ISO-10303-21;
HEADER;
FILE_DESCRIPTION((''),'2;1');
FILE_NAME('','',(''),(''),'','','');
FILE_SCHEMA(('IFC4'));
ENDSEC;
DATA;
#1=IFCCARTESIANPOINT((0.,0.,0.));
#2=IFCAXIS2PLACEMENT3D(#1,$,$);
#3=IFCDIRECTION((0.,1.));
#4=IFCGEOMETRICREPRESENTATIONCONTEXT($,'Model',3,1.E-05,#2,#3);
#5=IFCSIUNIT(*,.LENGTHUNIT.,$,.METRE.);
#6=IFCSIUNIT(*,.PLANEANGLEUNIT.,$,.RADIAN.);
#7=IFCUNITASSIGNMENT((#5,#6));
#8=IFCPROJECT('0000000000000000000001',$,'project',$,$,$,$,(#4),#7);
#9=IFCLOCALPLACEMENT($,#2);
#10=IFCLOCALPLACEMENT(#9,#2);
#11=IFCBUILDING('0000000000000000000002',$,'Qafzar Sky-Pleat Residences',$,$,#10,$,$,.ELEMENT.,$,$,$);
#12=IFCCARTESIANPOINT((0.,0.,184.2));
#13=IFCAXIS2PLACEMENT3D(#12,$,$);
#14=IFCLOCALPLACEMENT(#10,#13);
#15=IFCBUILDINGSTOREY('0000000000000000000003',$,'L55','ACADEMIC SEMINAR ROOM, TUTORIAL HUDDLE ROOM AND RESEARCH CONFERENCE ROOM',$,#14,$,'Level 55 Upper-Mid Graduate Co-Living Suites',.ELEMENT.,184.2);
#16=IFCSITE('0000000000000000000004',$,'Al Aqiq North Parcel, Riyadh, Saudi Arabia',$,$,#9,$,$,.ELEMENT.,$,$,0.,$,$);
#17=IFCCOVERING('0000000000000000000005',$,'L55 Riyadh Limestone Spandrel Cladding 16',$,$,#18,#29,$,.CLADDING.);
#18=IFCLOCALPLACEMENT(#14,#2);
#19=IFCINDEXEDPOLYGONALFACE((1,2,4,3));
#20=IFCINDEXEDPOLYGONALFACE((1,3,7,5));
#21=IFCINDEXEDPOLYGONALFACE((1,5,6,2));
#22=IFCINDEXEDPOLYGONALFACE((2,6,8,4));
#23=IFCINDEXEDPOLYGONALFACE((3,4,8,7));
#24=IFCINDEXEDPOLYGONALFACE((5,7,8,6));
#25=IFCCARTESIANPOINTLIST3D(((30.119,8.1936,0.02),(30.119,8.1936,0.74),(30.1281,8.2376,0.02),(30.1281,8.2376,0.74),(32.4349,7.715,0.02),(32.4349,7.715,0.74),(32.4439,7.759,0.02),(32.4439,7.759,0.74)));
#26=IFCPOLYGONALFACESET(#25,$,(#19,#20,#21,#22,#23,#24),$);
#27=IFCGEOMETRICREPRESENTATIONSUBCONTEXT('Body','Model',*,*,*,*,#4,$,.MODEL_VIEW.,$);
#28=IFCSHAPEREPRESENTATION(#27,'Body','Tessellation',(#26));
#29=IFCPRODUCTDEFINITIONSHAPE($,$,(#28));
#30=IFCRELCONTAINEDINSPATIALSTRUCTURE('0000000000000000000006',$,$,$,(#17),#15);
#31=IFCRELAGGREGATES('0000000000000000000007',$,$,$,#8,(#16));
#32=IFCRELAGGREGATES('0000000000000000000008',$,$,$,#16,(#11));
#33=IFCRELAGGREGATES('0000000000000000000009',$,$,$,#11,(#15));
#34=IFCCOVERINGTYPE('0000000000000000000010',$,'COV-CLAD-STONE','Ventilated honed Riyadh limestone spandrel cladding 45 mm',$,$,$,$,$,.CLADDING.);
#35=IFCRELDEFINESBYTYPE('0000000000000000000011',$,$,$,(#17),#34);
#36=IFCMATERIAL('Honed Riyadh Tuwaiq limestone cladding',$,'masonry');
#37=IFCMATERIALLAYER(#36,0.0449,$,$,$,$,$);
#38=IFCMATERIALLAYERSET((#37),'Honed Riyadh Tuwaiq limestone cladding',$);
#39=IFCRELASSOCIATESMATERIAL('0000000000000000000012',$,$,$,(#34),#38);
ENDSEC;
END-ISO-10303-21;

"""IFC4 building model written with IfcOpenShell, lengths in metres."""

from ifc_helpers import new_model, si_unit, direction, frame, origin, origin_2d, place, context, subcontext, project, spatial, rectangle, extrude, source, transform, mapped, material, layer, layer_set, type_object, element, save


model = new_model("IFC4")

# Units and contexts
model_context = context("Model", 3, precision=1e-05, world=origin(), true_north=direction((0.0, 1.0)))
body_context = subcontext(model_context, "Body", "Model", "MODEL_VIEW")
ifc_project = project(units=[si_unit("LENGTHUNIT", "METRE"), si_unit("PLANEANGLEUNIT", "RADIAN")], contexts=[model_context])

# Site, building, storey
site_placement = place(None, origin())
site = spatial("IfcSite", under=ifc_project, at=site_placement, Name="Al Aqiq North Parcel, Riyadh, Saudi Arabia", CompositionType="ELEMENT", RefElevation=0.0)
building_placement = place(site_placement, origin())
building = spatial("IfcBuilding", under=site, at=building_placement, Name="Qafzar Sky-Pleat Residences", CompositionType="ELEMENT")
storey_placement = place(building_placement, frame((0.0, 0.0, 184.2)))
storey = spatial("IfcBuildingStorey", under=building, at=storey_placement, Name="L55", Description="ACADEMIC SEMINAR ROOM, TUTORIAL HUDDLE ROOM AND RESEARCH CONFERENCE ROOM", LongName="Level 55 Upper-Mid Graduate Co-Living Suites", CompositionType="ELEMENT", Elevation=184.2)

# Covering
ifc_material_1 = material(Name="Honed Riyadh Tuwaiq limestone cladding", Category="masonry")
ifc_layer_1 = layer(ifc_material_1, 0.0449)
ifc_layer_set_1 = layer_set([ifc_layer_1], Name="Honed Riyadh Tuwaiq limestone cladding")
covering_type = type_object("IfcCoveringType", Name="COV-CLAD-STONE", Description="Ventilated honed Riyadh limestone spandrel cladding 45 mm", PredefinedType="CLADDING", material=ifc_layer_set_1)
shared_shape_1 = source(origin(), body_context, "Body", "SweptSolid", [
    extrude(rectangle(XDim=2.3647, YDim=0.0449, at=origin_2d()), origin(), (0.0, 0.0, 1.0), 0.72),
])
covering_placement = place(storey_placement, frame((31.2815, 7.9763, 0.02), z_axis=(0.0, 0.0, 1.0), x_axis=(0.979305, -0.202392, 0.0)))
element("IfcCovering", 1, at=covering_placement, inside=storey, type_object=covering_type, Name="L55 Riyadh Limestone Spandrel Cladding 16", PredefinedType="CLADDING", context=body_context, shape_type="MappedRepresentation", body=[
    mapped(shared_shape_1, transform((0.0, 0.0, 0.0), x_axis=(1.0, 0.0, 0.0), y_axis=(0.0, 1.0, 0.0), z_axis=(0.0, 0.0, 1.0), scale=1.0)),
])

save(model, "model.ifc")
